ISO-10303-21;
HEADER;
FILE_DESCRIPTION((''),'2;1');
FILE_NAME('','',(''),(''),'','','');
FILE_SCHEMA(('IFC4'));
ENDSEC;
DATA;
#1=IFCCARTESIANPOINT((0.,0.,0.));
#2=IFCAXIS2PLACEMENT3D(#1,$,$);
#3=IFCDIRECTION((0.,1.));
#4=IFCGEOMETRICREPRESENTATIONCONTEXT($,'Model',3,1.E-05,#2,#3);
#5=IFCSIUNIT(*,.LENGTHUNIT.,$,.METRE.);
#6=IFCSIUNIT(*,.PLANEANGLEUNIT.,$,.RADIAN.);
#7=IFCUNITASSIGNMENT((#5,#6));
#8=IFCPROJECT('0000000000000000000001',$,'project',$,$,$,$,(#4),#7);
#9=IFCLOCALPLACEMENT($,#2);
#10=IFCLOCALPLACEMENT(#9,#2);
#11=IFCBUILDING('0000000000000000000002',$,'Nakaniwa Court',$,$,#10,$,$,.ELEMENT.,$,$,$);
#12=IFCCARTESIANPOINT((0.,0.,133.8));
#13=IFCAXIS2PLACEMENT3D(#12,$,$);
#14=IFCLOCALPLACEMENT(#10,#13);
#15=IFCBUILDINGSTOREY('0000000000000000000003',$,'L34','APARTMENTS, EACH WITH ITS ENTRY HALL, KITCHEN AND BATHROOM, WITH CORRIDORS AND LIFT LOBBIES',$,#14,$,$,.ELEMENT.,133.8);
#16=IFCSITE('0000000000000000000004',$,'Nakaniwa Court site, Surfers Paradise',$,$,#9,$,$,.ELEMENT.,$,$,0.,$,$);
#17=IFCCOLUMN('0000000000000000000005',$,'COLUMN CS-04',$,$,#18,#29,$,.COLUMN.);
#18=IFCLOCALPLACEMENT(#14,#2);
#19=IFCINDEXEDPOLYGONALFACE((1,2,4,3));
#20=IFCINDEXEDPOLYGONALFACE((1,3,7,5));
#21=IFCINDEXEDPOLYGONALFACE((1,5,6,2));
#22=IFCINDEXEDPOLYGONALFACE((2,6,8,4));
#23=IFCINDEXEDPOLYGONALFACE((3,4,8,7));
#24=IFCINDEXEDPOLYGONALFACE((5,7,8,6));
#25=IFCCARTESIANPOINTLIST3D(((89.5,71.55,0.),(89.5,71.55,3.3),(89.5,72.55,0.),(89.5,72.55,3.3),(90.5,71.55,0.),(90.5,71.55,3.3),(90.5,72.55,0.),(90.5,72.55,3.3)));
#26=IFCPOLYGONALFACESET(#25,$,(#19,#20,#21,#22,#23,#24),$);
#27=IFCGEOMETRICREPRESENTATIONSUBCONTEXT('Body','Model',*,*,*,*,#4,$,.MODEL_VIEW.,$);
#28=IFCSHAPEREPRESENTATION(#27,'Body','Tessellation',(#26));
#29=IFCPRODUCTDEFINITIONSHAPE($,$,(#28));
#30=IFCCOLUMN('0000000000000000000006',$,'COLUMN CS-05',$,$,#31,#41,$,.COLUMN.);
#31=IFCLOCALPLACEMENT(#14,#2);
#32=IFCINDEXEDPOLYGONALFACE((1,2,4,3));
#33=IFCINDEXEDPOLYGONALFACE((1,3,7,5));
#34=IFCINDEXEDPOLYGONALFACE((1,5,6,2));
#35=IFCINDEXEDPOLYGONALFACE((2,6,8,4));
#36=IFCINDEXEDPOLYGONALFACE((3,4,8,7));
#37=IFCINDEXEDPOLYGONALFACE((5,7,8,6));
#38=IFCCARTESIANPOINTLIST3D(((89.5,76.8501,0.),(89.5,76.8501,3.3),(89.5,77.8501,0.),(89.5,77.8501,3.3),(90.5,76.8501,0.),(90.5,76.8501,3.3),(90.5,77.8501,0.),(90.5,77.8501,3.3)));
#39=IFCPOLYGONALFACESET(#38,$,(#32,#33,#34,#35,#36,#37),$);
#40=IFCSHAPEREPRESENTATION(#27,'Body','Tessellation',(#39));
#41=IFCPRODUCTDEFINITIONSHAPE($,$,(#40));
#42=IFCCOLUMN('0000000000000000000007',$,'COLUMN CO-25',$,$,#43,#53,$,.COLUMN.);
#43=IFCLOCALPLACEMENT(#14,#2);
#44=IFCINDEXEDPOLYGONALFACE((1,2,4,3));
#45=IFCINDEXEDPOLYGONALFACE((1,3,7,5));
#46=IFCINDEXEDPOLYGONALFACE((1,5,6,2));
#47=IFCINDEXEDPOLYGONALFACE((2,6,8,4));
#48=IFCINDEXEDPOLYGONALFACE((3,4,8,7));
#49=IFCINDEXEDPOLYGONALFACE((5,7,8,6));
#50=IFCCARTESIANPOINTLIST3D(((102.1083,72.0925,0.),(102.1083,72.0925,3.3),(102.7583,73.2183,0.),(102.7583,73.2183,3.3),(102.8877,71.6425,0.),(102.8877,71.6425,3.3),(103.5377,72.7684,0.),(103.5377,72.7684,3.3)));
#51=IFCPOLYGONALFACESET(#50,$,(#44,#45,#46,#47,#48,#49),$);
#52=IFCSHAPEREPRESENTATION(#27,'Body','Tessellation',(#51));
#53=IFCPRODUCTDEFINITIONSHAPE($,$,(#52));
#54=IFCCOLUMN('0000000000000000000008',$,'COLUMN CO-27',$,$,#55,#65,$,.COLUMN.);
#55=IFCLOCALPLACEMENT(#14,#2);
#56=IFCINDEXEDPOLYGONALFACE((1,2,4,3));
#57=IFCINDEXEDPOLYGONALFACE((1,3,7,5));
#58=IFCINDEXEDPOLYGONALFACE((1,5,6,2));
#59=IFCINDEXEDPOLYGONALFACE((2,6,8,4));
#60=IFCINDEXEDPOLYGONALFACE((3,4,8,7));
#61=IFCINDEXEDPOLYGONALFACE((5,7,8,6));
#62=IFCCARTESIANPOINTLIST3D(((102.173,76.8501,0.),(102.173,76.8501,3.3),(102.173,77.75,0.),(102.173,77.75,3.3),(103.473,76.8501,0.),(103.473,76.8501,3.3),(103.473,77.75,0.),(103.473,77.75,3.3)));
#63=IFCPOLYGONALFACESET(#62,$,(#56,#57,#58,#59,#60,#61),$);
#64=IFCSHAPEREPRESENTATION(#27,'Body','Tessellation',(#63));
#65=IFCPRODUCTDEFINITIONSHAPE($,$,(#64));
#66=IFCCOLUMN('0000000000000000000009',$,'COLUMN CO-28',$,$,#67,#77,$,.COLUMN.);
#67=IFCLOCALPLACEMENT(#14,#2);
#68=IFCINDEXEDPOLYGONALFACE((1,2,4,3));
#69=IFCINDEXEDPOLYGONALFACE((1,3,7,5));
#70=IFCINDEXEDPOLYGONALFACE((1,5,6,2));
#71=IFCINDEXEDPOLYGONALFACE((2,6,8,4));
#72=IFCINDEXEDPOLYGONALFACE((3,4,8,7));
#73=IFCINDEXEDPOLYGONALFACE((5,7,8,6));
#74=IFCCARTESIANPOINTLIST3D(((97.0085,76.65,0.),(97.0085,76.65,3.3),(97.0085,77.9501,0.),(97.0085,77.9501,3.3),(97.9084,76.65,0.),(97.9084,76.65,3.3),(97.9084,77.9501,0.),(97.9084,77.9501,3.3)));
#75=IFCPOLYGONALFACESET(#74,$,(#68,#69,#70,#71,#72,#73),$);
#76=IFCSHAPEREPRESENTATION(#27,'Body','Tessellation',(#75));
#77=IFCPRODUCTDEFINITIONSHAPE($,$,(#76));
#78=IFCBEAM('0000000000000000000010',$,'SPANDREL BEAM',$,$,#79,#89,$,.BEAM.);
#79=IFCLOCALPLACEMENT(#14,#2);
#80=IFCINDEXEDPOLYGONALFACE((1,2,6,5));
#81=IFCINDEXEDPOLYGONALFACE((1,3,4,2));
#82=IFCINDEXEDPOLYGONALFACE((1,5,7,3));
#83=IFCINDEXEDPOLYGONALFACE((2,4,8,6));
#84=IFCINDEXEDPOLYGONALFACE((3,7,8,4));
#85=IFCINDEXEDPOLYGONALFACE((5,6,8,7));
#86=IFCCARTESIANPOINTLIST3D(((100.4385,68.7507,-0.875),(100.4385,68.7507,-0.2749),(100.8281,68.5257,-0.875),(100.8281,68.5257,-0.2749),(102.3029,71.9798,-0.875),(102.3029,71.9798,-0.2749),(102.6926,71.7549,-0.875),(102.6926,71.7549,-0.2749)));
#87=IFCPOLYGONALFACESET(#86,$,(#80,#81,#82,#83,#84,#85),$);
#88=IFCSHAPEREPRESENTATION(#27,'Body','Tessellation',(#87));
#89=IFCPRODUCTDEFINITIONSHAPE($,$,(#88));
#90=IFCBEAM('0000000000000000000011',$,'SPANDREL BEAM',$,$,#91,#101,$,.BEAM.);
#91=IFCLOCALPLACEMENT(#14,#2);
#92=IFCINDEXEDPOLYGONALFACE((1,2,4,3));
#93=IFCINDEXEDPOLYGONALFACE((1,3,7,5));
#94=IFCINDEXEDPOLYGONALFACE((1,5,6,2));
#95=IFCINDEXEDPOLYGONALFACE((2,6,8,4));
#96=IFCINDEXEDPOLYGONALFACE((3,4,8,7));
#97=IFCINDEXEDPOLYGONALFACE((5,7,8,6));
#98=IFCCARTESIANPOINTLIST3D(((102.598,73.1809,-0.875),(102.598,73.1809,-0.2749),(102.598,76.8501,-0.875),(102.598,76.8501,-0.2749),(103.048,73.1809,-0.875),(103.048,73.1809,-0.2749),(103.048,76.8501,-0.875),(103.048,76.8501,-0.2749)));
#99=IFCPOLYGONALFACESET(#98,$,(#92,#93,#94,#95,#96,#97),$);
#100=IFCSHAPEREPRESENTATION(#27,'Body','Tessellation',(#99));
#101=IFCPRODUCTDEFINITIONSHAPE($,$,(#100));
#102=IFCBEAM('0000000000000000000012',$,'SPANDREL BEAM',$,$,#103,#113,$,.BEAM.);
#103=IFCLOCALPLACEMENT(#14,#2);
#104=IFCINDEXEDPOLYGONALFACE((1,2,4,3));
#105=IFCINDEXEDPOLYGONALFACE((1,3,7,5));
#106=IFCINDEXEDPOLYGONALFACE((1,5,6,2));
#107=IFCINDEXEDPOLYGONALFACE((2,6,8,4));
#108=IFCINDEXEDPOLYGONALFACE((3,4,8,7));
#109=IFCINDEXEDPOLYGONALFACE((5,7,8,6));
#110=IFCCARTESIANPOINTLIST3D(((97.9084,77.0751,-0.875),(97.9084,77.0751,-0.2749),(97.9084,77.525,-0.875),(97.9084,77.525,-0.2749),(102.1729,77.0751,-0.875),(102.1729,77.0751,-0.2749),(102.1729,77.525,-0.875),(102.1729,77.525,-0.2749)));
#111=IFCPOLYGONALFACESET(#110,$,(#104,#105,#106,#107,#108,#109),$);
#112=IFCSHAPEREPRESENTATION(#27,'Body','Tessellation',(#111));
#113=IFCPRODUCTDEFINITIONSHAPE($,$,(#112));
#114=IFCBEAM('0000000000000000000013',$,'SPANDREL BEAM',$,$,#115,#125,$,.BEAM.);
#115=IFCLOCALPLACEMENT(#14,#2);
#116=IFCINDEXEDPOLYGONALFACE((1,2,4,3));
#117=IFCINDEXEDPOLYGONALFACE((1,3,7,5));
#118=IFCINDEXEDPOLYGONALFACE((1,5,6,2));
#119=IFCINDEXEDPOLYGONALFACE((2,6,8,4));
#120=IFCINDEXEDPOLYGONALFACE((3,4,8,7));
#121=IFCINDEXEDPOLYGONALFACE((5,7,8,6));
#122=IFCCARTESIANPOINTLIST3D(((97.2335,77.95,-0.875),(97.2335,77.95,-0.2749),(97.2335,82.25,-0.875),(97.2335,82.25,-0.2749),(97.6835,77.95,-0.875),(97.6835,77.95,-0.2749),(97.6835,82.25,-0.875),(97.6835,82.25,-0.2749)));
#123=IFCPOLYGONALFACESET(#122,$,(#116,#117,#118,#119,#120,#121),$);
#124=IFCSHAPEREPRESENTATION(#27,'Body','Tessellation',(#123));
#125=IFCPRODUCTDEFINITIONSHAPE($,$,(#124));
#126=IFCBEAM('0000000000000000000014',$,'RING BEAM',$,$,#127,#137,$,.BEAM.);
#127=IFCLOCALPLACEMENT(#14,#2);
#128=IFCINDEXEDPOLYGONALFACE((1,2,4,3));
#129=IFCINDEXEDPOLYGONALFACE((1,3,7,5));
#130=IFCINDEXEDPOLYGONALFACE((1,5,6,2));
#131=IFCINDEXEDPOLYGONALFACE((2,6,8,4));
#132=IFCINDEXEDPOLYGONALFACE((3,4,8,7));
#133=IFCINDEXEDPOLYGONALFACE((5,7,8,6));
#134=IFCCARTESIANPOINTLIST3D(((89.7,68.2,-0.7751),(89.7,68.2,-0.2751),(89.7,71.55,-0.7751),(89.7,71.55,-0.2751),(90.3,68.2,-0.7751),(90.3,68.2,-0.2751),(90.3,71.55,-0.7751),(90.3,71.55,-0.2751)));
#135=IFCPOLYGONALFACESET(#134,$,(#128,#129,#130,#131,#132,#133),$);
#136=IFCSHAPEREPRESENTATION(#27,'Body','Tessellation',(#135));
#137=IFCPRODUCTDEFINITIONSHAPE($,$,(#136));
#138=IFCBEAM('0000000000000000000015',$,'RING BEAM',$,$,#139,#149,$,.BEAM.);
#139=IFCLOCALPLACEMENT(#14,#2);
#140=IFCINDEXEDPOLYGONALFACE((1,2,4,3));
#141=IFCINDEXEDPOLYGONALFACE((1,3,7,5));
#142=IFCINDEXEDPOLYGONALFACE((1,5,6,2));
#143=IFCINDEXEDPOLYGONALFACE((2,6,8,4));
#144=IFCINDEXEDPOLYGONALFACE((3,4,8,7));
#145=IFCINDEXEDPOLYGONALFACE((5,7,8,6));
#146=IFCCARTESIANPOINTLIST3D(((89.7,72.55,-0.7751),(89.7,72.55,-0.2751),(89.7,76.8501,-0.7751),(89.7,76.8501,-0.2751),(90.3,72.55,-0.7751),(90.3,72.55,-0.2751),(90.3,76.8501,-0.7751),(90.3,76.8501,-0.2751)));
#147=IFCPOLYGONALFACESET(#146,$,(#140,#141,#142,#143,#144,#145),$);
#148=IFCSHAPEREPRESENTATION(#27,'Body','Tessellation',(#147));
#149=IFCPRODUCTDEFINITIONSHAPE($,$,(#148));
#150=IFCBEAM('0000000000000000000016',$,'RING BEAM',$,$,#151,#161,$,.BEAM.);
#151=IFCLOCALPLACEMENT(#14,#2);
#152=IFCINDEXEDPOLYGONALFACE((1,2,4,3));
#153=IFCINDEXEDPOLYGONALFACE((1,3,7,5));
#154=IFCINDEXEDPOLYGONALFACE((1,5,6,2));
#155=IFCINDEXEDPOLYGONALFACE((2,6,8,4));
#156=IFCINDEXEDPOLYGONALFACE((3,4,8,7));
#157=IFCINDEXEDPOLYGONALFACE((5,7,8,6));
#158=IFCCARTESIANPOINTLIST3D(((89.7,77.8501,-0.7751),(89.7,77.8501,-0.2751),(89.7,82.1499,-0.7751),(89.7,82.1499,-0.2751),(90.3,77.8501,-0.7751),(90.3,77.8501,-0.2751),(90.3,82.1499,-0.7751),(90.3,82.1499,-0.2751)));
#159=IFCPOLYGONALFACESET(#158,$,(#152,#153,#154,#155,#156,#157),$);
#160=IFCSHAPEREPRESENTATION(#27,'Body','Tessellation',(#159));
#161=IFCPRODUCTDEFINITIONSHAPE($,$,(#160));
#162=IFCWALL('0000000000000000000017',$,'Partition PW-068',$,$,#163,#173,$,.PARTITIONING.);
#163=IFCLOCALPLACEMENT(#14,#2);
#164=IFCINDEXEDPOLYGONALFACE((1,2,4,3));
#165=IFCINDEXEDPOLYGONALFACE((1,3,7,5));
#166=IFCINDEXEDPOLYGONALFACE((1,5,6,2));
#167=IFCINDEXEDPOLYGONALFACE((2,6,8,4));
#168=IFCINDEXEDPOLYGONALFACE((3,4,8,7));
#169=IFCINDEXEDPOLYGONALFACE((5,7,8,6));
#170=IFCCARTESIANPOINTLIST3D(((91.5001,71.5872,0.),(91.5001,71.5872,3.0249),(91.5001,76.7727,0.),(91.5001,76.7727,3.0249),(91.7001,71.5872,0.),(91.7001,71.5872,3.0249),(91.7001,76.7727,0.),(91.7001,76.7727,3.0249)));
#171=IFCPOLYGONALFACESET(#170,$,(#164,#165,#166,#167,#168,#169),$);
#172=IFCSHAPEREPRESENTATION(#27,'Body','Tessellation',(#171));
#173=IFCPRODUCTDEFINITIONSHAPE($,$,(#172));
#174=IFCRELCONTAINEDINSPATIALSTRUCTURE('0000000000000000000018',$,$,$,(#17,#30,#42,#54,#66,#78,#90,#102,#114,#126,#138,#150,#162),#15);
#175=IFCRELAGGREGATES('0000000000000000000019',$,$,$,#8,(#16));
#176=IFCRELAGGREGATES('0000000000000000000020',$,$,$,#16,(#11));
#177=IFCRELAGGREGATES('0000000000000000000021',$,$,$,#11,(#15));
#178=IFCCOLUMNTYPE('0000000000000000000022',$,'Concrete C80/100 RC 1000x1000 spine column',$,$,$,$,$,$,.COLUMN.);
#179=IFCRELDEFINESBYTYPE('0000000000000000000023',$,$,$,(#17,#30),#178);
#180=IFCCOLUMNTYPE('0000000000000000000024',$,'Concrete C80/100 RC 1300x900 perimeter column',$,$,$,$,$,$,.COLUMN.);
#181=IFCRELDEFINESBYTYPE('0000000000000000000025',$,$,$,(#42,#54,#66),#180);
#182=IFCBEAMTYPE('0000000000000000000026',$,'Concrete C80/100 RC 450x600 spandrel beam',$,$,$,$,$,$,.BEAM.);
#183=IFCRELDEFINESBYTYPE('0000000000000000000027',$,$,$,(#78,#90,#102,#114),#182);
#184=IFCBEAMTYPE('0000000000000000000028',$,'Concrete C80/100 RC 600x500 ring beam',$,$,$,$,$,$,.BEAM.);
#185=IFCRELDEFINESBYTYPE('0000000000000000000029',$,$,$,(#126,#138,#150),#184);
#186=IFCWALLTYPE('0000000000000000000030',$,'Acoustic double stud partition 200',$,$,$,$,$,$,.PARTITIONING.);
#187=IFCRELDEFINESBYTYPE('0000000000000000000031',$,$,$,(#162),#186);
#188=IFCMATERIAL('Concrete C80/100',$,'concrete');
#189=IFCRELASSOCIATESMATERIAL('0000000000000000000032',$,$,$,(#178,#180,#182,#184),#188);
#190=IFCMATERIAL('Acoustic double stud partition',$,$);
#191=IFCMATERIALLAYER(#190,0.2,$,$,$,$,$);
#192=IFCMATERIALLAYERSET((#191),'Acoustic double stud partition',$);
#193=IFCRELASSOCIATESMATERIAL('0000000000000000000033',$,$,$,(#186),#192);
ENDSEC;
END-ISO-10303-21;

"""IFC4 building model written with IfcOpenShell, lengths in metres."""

from ifc_helpers import new_model, si_unit, direction, frame, frame_2d, origin, origin_2d, place, context, subcontext, project, spatial, rectangle, extrude, material, layer, layer_set, material_profile, profile_set, type_object, element, save


model = new_model("IFC4")

# Units and contexts
model_context = context("Model", 3, precision=1e-05, world=origin(), true_north=direction((0.0, 1.0)))
body_context = subcontext(model_context, "Body", "Model", "MODEL_VIEW")
ifc_project = project(units=[si_unit("LENGTHUNIT", "METRE"), si_unit("PLANEANGLEUNIT", "RADIAN")], contexts=[model_context])

# Site, building, storey
site_placement = place(None, origin())
site = spatial("IfcSite", under=ifc_project, at=site_placement, Name="Nakaniwa Court site, Surfers Paradise", CompositionType="ELEMENT", RefElevation=0.0)
building_placement = place(site_placement, origin())
building = spatial("IfcBuilding", under=site, at=building_placement, Name="Nakaniwa Court", CompositionType="ELEMENT")
storey_placement = place(building_placement, frame((0.0, 0.0, 133.8)))
storey = spatial("IfcBuildingStorey", under=building, at=storey_placement, Name="L34", Description="APARTMENTS, EACH WITH ITS ENTRY HALL, KITCHEN AND BATHROOM, WITH CORRIDORS AND LIFT LOBBIES", CompositionType="ELEMENT", Elevation=133.8)

# Columns
ifc_material_1 = material(Name="Concrete C80/100", Category="concrete")
ifc_material_profile_1 = material_profile(ifc_material_1, rectangle(XDim=1.0, YDim=1.0, at=origin_2d()), Name="Concrete C80/100 RC 1000x1000 spine column")
ifc_profile_set_1 = profile_set([ifc_material_profile_1], Name="Concrete C80/100")
column_type_1 = type_object("IfcColumnType", Name="Concrete C80/100 RC 1000x1000 spine column", PredefinedType="COLUMN", material=ifc_profile_set_1)
for number, where, z_axis, x_axis, name in (
    (1, (90.0, 72.05, 0.0), (0.0, 0.0, 1.0), (0.0, 1.0, 0.0), "COLUMN CS-04"),
    (2, (90.0, 77.3501, 0.0), (0.0, 0.0, 1.0), (0.0, 1.0, 0.0), "COLUMN CS-05"),
):
    element("IfcColumn", number, at=place(storey_placement, frame(where, z_axis=z_axis, x_axis=x_axis)), inside=storey, type_object=column_type_1, Name=name, PredefinedType="COLUMN", context=body_context, shape_type="SweptSolid", body=[
        extrude(rectangle(XDim=1.0, YDim=1.0, at=origin_2d()), origin(), (0.0, 0.0, 1.0), 3.3),
    ])
ifc_material_profile_2 = material_profile(ifc_material_1, rectangle(XDim=1.3, YDim=0.8999, at=origin_2d()), Name="Concrete C80/100 RC 1300x900 perimeter column")
ifc_profile_set_2 = profile_set([ifc_material_profile_2], Name="Concrete C80/100")
column_type_2 = type_object("IfcColumnType", Name="Concrete C80/100 RC 1300x900 perimeter column", PredefinedType="COLUMN", material=ifc_profile_set_2)
for number, where, z_axis, x_axis, name in (
    (3, (102.823, 72.4304, 0.0), (0.0, 0.0, 1.0), (0.5, 0.866025, 0.0), "COLUMN CO-25"),
    (4, (102.823, 77.3, 0.0), (0.0, 0.0, 1.0), (-1.0, 0.0, 0.0), "COLUMN CO-27"),
    (5, (97.4585, 77.3, 0.0), (0.0, 0.0, 1.0), (0.0, 1.0, 0.0), "COLUMN CO-28"),
):
    element("IfcColumn", number, at=place(storey_placement, frame(where, z_axis=z_axis, x_axis=x_axis)), inside=storey, type_object=column_type_2, Name=name, PredefinedType="COLUMN", context=body_context, shape_type="SweptSolid", body=[
        extrude(rectangle(XDim=1.3, YDim=0.8999, at=origin_2d()), origin(), (0.0, 0.0, 1.0), 3.3),
    ])

# Beams
ifc_material_profile_3 = material_profile(ifc_material_1, rectangle(XDim=0.45, YDim=0.6001, at=origin_2d()), Name="Concrete C80/100 RC 450x600 spandrel beam")
ifc_profile_set_3 = profile_set([ifc_material_profile_3], Name="Concrete C80/100")
beam_type_1 = type_object("IfcBeamType", Name="Concrete C80/100 RC 450x600 spandrel beam", PredefinedType="BEAM", material=ifc_profile_set_3)
beam_1_placement = place(storey_placement, frame((100.6333, 68.6382, -0.575), z_axis=(0.500019, 0.866014, 0.0), x_axis=(-0.866014, 0.500019, 0.0)))
element("IfcBeam", 6, at=beam_1_placement, inside=storey, type_object=beam_type_1, Name="SPANDREL BEAM", PredefinedType="BEAM", context=body_context, shape_type="SweptSolid", body=[
    extrude(rectangle(XDim=0.45, YDim=0.6001, at=origin_2d()), origin(), (0.0, 0.0, 1.0), 3.7288),
])
beam_2_placement = place(storey_placement, frame((102.823, 73.1809, -0.575), z_axis=(0.0, 1.0, 0.0), x_axis=(-1.0, 0.0, 0.0)))
element("IfcBeam", 7, at=beam_2_placement, inside=storey, type_object=beam_type_1, Name="SPANDREL BEAM", PredefinedType="BEAM", context=body_context, shape_type="SweptSolid", body=[
    extrude(rectangle(XDim=0.45, YDim=0.6001, at=origin_2d()), origin(), (0.0, 0.0, 1.0), 3.6692),
])
beam_3_placement = place(storey_placement, frame((102.1729, 77.3, -0.575), z_axis=(-1.0, 0.0, 0.0), x_axis=(0.0, -1.0, 0.0)))
element("IfcBeam", 8, at=beam_3_placement, inside=storey, type_object=beam_type_1, Name="SPANDREL BEAM", PredefinedType="BEAM", context=body_context, shape_type="SweptSolid", body=[
    extrude(rectangle(XDim=0.45, YDim=0.6001, at=origin_2d()), origin(), (0.0, 0.0, 1.0), 4.2644),
])
beam_4_placement = place(storey_placement, frame((97.4585, 77.95, -0.575), z_axis=(0.0, 1.0, 0.0), x_axis=(-1.0, 0.0, 0.0)))
element("IfcBeam", 9, at=beam_4_placement, inside=storey, type_object=beam_type_1, Name="SPANDREL BEAM", PredefinedType="BEAM", context=body_context, shape_type="SweptSolid", body=[
    extrude(rectangle(XDim=0.45, YDim=0.6001, at=origin_2d()), origin(), (0.0, 0.0, 1.0), 4.3),
])
ifc_material_profile_4 = material_profile(ifc_material_1, rectangle(XDim=0.6001, YDim=0.5, at=origin_2d()), Name="Concrete C80/100 RC 600x500 ring beam")
ifc_profile_set_4 = profile_set([ifc_material_profile_4], Name="Concrete C80/100")
beam_type_2 = type_object("IfcBeamType", Name="Concrete C80/100 RC 600x500 ring beam", PredefinedType="BEAM", material=ifc_profile_set_4)
beam_5_placement = place(storey_placement, frame((90.0, 68.2, -0.5251), z_axis=(0.0, 1.0, 0.0), x_axis=(-1.0, 0.0, 0.0)))
element("IfcBeam", 10, at=beam_5_placement, inside=storey, type_object=beam_type_2, Name="RING BEAM", PredefinedType="BEAM", context=body_context, shape_type="SweptSolid", body=[
    extrude(rectangle(XDim=0.6001, YDim=0.5, at=origin_2d()), origin(), (0.0, 0.0, 1.0), 3.3501),
])
beam_6_placement = place(storey_placement, frame((90.0, 72.55, -0.5251), z_axis=(0.0, 1.0, 0.0), x_axis=(-1.0, 0.0, 0.0)))
element("IfcBeam", 11, at=beam_6_placement, inside=storey, type_object=beam_type_2, Name="RING BEAM", PredefinedType="BEAM", context=body_context, shape_type="SweptSolid", body=[
    extrude(rectangle(XDim=0.6001, YDim=0.5, at=origin_2d()), origin(), (0.0, 0.0, 1.0), 4.3),
])
beam_7_placement = place(storey_placement, frame((90.0, 77.8501, -0.5251), z_axis=(0.0, 1.0, 0.0), x_axis=(-1.0, 0.0, 0.0)))
element("IfcBeam", 12, at=beam_7_placement, inside=storey, type_object=beam_type_2, Name="RING BEAM", PredefinedType="BEAM", context=body_context, shape_type="SweptSolid", body=[
    extrude(rectangle(XDim=0.6001, YDim=0.5, at=origin_2d()), origin(), (0.0, 0.0, 1.0), 4.2998),
])

# Wall
ifc_material_2 = material(Name="Acoustic double stud partition")
ifc_layer_1 = layer(ifc_material_2, 0.2)
ifc_layer_set_1 = layer_set([ifc_layer_1], Name="Acoustic double stud partition")
wall_type_1 = type_object("IfcWallType", Name="Acoustic double stud partition 200", PredefinedType="PARTITIONING", material=ifc_layer_set_1)
wall_1_placement = place(storey_placement, frame((91.6001, 71.5872, 0.0), z_axis=(0.0, 0.0, 1.0), x_axis=(0.0, 1.0, 0.0)))
element("IfcWall", 13, at=wall_1_placement, inside=storey, type_object=wall_type_1, Name="Partition PW-068", PredefinedType="PARTITIONING", context=body_context, shape_type="SweptSolid", body=[
    extrude(rectangle(XDim=5.1855, YDim=0.2, at=frame_2d((2.5928, 0.0))), origin(), (0.0, 0.0, 1.0), 3.0249),
])

save(model, "model.ifc")
